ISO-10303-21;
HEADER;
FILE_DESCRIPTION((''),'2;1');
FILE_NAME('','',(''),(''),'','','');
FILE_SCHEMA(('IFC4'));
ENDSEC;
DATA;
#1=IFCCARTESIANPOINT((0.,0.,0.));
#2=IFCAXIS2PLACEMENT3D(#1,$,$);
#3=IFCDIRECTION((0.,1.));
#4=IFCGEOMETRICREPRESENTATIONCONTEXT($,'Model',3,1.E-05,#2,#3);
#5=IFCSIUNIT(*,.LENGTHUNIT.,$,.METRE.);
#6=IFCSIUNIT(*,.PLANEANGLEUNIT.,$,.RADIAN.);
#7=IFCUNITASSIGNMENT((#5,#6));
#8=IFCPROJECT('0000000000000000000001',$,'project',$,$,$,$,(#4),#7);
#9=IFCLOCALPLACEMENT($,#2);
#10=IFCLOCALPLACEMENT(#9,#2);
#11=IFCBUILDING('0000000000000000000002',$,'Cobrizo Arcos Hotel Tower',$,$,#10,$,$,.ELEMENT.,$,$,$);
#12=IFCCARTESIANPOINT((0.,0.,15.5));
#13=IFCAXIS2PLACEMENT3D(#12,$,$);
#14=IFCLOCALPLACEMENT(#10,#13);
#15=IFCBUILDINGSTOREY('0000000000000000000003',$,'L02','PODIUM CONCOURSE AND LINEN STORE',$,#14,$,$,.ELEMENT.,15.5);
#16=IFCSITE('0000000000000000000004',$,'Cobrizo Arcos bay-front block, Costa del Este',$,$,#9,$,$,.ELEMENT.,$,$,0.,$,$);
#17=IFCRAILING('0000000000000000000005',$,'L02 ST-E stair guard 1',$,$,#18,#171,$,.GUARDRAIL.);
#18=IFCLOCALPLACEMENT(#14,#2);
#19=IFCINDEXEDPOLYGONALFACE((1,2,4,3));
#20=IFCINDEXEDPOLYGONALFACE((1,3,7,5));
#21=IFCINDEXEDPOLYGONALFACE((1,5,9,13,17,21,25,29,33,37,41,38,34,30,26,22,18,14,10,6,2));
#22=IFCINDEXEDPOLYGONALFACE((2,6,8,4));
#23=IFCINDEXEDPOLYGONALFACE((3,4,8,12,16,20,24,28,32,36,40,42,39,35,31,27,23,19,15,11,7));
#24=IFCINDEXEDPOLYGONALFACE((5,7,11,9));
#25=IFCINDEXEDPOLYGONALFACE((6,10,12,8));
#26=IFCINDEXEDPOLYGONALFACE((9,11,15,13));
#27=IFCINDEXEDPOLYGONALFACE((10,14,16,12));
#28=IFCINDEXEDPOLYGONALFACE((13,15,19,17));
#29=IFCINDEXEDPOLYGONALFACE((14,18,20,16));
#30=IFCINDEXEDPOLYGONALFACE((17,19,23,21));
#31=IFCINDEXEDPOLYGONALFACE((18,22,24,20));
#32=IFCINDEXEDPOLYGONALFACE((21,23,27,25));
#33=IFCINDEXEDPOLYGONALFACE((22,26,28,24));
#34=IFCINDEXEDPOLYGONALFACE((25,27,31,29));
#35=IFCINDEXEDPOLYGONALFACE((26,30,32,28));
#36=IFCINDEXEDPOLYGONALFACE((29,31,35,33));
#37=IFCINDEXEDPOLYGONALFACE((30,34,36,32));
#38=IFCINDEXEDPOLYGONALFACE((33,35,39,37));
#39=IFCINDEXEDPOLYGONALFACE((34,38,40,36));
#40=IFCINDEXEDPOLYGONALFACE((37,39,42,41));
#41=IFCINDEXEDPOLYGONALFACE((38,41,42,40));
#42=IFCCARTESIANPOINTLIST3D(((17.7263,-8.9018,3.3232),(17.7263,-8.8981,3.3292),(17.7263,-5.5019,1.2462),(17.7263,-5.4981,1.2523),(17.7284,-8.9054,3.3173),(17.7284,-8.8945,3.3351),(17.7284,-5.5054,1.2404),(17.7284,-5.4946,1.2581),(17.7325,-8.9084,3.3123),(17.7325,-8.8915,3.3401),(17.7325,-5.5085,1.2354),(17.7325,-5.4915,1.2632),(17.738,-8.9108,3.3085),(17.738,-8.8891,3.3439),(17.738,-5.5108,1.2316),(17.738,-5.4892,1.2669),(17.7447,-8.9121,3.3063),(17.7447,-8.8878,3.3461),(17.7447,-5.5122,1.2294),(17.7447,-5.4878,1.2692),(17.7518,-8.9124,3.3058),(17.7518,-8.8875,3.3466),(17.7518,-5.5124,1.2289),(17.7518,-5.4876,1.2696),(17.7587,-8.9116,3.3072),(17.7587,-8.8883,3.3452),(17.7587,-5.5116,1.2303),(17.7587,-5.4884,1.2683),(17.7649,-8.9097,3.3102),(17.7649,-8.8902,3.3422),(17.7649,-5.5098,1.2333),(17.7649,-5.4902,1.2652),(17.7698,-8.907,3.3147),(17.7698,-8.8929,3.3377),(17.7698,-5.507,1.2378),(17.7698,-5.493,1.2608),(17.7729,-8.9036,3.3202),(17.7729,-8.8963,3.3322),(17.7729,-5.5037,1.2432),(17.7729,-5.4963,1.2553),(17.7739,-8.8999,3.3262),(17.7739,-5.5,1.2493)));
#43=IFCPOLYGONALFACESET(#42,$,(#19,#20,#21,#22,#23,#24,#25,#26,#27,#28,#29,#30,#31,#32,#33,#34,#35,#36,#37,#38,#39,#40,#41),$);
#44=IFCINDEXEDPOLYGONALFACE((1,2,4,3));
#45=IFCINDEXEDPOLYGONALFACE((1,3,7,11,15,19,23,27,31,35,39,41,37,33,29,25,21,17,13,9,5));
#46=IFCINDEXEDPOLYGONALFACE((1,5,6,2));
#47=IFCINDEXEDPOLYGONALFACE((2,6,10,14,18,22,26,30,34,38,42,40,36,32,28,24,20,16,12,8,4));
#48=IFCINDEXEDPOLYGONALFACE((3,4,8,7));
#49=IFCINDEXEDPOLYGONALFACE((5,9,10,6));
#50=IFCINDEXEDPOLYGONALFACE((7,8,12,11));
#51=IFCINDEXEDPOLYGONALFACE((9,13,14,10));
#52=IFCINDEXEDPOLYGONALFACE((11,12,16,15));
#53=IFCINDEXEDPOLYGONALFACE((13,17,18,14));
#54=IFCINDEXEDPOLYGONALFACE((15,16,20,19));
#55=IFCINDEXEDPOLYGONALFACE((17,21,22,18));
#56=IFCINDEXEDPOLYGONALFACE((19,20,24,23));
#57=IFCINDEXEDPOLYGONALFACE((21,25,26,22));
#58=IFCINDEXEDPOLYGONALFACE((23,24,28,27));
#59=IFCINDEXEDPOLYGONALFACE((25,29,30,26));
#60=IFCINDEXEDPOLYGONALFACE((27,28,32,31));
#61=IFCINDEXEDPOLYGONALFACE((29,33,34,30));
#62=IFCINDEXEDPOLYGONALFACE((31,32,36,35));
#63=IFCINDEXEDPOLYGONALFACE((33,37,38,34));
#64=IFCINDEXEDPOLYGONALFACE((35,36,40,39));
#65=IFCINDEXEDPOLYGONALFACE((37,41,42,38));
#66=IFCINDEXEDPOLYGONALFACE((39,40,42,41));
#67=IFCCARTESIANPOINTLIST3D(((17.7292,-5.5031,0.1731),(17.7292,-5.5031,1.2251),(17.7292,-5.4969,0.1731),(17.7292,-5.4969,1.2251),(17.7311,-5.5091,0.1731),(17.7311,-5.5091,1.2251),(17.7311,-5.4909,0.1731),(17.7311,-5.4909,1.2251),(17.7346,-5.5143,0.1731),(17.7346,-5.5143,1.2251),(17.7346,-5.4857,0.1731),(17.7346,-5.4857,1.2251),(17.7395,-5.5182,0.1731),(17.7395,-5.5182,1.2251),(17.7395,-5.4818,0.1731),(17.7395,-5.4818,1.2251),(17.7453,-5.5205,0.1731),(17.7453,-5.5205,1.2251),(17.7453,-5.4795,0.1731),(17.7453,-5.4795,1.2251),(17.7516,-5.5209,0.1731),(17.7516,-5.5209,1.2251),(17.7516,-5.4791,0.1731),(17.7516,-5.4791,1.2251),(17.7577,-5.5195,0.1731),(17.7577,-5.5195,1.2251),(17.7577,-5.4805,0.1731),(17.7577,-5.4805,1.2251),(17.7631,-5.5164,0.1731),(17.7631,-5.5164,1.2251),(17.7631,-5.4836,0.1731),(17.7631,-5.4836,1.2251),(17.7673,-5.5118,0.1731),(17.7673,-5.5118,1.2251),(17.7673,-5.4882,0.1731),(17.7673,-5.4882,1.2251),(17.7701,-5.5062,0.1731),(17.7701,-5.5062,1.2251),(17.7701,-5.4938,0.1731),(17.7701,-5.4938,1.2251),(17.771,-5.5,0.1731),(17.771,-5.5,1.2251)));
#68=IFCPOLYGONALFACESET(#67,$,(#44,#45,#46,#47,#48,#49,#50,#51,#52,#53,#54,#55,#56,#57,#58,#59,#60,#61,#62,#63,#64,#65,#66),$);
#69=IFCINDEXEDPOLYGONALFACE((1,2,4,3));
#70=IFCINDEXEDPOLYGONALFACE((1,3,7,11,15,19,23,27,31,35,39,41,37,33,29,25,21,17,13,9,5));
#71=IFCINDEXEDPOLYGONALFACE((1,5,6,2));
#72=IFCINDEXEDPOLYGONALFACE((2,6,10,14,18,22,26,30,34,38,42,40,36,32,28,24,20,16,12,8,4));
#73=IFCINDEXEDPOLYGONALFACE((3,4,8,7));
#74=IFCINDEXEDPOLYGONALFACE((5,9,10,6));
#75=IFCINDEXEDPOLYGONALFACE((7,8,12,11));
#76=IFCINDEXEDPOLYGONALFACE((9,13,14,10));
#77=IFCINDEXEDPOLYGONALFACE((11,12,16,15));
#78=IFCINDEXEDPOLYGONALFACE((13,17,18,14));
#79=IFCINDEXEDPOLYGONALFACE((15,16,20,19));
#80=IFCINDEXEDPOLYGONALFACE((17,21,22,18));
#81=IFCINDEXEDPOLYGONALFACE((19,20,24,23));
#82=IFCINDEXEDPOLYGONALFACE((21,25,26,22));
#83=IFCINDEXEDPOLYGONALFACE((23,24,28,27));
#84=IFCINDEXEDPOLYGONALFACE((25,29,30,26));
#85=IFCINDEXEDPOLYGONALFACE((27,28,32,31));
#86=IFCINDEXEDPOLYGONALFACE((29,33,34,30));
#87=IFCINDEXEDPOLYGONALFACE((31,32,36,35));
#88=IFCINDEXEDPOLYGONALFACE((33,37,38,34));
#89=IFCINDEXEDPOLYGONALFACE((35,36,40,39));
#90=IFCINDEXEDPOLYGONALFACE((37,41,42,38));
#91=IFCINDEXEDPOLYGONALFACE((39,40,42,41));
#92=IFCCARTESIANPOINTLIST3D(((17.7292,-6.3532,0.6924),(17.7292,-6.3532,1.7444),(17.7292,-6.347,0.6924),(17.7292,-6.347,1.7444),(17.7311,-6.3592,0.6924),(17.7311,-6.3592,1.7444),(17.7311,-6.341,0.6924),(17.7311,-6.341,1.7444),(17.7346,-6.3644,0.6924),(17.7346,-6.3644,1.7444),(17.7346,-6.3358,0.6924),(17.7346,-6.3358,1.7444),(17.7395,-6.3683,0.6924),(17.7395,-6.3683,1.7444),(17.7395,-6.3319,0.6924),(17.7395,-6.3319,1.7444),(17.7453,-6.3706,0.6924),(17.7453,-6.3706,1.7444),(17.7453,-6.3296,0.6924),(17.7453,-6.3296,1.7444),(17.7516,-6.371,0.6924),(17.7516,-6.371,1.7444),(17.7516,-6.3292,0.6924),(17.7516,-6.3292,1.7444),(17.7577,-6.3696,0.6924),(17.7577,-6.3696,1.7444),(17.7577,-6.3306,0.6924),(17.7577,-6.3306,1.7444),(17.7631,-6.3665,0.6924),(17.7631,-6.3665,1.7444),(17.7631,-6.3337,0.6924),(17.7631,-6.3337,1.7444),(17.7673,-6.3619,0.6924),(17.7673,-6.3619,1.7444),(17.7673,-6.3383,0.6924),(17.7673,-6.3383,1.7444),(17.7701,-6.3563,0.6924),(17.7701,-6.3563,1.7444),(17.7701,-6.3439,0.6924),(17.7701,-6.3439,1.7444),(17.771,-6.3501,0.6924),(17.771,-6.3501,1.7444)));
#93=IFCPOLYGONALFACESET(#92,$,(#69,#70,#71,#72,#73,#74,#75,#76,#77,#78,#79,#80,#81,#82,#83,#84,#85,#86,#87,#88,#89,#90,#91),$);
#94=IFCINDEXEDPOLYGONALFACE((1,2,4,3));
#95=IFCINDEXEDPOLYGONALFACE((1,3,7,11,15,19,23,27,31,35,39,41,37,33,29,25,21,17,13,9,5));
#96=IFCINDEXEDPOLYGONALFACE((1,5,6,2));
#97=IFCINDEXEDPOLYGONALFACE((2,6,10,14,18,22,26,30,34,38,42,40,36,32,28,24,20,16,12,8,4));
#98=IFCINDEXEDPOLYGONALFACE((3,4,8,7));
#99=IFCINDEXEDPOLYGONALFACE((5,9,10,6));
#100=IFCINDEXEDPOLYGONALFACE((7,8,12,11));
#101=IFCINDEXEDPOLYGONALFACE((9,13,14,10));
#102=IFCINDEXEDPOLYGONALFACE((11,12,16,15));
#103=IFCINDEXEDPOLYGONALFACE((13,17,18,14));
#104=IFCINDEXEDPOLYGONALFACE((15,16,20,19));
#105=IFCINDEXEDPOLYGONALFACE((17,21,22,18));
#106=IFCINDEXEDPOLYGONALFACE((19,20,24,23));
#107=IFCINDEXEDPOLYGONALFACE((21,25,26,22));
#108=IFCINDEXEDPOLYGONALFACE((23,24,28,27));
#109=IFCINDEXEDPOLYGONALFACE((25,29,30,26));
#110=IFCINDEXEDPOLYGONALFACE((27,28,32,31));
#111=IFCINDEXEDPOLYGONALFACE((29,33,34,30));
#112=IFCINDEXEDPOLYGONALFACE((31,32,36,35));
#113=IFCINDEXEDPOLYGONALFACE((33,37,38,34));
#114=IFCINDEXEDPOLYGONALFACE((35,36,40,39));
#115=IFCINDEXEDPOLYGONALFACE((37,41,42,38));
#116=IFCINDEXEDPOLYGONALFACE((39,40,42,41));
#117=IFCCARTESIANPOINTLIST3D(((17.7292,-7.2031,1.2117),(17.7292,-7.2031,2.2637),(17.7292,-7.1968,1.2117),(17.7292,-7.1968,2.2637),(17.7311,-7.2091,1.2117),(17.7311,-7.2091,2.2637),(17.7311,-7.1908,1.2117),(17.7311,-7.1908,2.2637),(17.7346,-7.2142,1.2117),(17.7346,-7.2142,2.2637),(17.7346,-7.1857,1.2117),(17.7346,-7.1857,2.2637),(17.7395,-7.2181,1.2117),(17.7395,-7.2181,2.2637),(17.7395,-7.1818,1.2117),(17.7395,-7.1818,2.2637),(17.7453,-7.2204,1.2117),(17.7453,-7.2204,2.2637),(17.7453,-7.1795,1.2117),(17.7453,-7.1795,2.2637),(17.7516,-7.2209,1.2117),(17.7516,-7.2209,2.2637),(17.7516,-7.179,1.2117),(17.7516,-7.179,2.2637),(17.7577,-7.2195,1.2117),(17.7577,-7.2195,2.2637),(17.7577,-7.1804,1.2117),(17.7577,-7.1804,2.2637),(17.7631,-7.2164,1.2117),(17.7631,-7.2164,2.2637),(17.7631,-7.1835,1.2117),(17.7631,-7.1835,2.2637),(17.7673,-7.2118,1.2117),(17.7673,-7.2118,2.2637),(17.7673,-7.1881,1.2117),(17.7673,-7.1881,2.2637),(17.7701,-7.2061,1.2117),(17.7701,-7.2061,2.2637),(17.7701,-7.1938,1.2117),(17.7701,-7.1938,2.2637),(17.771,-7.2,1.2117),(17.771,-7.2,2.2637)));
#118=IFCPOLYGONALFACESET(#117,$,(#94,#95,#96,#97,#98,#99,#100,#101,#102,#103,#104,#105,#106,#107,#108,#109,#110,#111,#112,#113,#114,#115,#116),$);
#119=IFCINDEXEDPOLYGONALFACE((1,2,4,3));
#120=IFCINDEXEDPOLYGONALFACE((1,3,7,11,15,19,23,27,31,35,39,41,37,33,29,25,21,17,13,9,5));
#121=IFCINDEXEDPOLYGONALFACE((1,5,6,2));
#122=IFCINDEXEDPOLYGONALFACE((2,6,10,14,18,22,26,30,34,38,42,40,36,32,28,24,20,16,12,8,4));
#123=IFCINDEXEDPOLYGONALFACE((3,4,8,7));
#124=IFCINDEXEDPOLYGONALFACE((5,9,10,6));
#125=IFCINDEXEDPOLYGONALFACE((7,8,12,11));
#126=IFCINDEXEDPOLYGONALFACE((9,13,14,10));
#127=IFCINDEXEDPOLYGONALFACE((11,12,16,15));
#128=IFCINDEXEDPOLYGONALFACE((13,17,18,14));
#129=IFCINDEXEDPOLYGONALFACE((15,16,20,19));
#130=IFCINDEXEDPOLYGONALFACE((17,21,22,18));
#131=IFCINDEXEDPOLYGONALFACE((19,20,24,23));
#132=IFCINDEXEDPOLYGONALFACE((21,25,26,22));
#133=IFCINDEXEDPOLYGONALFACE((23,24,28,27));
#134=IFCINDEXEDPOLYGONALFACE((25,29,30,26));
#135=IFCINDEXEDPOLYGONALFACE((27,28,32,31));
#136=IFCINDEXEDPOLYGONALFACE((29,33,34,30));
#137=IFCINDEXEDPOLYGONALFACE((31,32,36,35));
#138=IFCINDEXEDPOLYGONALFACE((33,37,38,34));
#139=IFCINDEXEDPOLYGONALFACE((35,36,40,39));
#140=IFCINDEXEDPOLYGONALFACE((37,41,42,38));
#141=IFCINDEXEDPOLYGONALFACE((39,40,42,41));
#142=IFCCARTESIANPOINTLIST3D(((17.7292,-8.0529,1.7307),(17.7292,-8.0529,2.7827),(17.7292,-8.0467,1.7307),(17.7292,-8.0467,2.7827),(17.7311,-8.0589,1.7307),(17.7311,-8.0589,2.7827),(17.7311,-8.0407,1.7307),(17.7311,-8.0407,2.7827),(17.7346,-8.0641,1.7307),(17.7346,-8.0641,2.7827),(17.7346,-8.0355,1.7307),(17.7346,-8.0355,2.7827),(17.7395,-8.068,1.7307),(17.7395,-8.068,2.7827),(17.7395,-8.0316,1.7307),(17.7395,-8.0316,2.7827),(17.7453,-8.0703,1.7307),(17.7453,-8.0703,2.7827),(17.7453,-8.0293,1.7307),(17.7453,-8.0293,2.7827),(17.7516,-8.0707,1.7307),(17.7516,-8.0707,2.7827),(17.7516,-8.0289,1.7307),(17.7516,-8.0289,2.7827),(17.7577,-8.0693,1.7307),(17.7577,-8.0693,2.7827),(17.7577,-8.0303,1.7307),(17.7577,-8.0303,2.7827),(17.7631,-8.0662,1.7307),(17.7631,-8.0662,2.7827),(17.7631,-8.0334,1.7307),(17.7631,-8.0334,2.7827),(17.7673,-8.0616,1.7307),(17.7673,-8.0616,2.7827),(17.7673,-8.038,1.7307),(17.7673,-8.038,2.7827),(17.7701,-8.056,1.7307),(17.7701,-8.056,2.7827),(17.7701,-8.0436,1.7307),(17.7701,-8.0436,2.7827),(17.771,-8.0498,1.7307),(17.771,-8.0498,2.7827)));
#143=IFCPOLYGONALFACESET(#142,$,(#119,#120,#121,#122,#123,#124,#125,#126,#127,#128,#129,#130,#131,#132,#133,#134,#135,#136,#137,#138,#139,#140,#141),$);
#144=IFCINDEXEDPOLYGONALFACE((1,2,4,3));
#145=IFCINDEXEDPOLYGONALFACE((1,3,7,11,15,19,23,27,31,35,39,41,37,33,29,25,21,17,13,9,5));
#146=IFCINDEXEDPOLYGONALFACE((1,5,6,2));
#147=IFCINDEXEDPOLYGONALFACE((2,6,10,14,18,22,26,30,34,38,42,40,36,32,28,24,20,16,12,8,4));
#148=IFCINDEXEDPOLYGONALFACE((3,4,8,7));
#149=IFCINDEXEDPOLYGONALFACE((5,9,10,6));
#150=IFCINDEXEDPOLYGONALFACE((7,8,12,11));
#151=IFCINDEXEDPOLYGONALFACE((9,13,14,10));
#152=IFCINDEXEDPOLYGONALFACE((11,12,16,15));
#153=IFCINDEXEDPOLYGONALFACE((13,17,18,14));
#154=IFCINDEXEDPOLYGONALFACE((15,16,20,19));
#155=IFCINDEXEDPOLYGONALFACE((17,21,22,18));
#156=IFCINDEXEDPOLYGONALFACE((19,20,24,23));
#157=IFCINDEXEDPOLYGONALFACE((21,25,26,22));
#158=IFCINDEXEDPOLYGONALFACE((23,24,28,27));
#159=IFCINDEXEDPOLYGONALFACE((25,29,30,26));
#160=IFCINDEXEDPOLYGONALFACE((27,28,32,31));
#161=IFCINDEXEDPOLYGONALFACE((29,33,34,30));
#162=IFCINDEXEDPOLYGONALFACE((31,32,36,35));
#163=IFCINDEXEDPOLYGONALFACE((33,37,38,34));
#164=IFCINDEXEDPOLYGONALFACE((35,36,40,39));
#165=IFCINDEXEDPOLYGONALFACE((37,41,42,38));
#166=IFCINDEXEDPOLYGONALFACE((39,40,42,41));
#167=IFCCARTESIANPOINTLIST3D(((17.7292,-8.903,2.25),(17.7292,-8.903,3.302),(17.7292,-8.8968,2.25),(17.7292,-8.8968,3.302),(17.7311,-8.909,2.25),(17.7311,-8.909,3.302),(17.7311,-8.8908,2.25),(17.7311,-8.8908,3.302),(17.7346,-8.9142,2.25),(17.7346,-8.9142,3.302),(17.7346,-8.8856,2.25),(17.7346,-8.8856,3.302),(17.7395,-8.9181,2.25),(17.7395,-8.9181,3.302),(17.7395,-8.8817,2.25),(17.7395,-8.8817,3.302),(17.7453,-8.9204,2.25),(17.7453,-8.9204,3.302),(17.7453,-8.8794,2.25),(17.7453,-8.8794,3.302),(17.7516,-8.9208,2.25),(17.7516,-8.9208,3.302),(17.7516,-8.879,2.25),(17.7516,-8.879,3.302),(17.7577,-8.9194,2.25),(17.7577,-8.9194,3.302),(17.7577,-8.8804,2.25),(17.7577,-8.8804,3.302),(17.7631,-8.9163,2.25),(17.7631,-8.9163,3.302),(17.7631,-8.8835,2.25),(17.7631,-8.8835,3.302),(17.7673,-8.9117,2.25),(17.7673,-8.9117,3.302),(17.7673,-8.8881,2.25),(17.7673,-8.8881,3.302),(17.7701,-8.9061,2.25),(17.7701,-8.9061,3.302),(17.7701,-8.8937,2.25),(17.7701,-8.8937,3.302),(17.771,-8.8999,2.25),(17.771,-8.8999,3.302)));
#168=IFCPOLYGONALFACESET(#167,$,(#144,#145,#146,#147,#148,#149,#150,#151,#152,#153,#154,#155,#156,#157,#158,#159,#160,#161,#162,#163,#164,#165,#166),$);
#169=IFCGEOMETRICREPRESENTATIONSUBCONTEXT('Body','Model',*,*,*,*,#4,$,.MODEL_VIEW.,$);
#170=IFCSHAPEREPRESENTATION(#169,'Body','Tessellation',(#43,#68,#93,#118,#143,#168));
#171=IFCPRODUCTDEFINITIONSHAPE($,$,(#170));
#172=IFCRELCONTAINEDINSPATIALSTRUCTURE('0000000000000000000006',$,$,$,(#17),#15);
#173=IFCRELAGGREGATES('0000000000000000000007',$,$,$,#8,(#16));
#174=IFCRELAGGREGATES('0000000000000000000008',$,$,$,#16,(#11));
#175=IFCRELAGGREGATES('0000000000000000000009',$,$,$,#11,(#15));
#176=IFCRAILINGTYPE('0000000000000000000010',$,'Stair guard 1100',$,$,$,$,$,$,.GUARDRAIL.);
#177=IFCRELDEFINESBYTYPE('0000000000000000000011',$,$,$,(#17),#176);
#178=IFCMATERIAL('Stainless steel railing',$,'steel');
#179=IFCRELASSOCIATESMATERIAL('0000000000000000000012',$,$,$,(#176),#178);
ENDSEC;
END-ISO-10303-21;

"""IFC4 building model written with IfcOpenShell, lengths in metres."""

from ifc_helpers import new_model, si_unit, direction, frame, origin, origin_2d, place, context, subcontext, project, spatial, circle, extrude, material, type_object, element, save


model = new_model("IFC4")

# Units and contexts
model_context = context("Model", 3, precision=1e-05, world=origin(), true_north=direction((0.0, 1.0)))
body_context = subcontext(model_context, "Body", "Model", "MODEL_VIEW")
ifc_project = project(units=[si_unit("LENGTHUNIT", "METRE"), si_unit("PLANEANGLEUNIT", "RADIAN")], contexts=[model_context])

# Site, building, storey
site_placement = place(None, origin())
site = spatial("IfcSite", under=ifc_project, at=site_placement, Name="Cobrizo Arcos bay-front block, Costa del Este", CompositionType="ELEMENT", RefElevation=0.0)
building_placement = place(site_placement, origin())
building = spatial("IfcBuilding", under=site, at=building_placement, Name="Cobrizo Arcos Hotel Tower", CompositionType="ELEMENT")
storey_placement = place(building_placement, frame((0.0, 0.0, 15.5)))
storey = spatial("IfcBuildingStorey", under=building, at=storey_placement, Name="L02", Description="PODIUM CONCOURSE AND LINEN STORE", CompositionType="ELEMENT", Elevation=15.5)

# Railing
ifc_material_1 = material(Name="Stainless steel railing", Category="steel")
railing_type_1 = type_object("IfcRailingType", Name="Stair guard 1100", PredefinedType="GUARDRAIL", material=ifc_material_1)
railing_1_placement = place(storey_placement, frame((17.75, -5.5, 0.1731)))
element("IfcRailing", 1, at=railing_1_placement, inside=storey, type_object=railing_type_1, Name="L02 ST-E stair guard 1", PredefinedType="GUARDRAIL", context=body_context, shape_type="SweptSolid", body=[
    extrude(circle(Radius=0.0239, at=origin_2d()), frame((0.0, 0.0, 1.0762), z_axis=(0.0, -0.853373, 0.521301), x_axis=(1.0, 0.0, 0.0)), (0.0, 0.0, 1.0), 3.9841),
    extrude(circle(Radius=0.021, at=origin_2d()), origin(), (0.0, 0.0, 1.0), 1.052),
    extrude(circle(Radius=0.021, at=origin_2d()), frame((0.0, -0.8501, 0.5193)), (0.0, 0.0, 1.0), 1.052),
    extrude(circle(Radius=0.021, at=origin_2d()), frame((0.0, -1.7, 1.0386)), (0.0, 0.0, 1.0), 1.052),
    extrude(circle(Radius=0.021, at=origin_2d()), frame((0.0, -2.5498, 1.5576)), (0.0, 0.0, 1.0), 1.052),
    extrude(circle(Radius=0.021, at=origin_2d()), frame((0.0, -3.3999, 2.0769)), (0.0, 0.0, 1.0), 1.052),
])

save(model, "model.ifc")
